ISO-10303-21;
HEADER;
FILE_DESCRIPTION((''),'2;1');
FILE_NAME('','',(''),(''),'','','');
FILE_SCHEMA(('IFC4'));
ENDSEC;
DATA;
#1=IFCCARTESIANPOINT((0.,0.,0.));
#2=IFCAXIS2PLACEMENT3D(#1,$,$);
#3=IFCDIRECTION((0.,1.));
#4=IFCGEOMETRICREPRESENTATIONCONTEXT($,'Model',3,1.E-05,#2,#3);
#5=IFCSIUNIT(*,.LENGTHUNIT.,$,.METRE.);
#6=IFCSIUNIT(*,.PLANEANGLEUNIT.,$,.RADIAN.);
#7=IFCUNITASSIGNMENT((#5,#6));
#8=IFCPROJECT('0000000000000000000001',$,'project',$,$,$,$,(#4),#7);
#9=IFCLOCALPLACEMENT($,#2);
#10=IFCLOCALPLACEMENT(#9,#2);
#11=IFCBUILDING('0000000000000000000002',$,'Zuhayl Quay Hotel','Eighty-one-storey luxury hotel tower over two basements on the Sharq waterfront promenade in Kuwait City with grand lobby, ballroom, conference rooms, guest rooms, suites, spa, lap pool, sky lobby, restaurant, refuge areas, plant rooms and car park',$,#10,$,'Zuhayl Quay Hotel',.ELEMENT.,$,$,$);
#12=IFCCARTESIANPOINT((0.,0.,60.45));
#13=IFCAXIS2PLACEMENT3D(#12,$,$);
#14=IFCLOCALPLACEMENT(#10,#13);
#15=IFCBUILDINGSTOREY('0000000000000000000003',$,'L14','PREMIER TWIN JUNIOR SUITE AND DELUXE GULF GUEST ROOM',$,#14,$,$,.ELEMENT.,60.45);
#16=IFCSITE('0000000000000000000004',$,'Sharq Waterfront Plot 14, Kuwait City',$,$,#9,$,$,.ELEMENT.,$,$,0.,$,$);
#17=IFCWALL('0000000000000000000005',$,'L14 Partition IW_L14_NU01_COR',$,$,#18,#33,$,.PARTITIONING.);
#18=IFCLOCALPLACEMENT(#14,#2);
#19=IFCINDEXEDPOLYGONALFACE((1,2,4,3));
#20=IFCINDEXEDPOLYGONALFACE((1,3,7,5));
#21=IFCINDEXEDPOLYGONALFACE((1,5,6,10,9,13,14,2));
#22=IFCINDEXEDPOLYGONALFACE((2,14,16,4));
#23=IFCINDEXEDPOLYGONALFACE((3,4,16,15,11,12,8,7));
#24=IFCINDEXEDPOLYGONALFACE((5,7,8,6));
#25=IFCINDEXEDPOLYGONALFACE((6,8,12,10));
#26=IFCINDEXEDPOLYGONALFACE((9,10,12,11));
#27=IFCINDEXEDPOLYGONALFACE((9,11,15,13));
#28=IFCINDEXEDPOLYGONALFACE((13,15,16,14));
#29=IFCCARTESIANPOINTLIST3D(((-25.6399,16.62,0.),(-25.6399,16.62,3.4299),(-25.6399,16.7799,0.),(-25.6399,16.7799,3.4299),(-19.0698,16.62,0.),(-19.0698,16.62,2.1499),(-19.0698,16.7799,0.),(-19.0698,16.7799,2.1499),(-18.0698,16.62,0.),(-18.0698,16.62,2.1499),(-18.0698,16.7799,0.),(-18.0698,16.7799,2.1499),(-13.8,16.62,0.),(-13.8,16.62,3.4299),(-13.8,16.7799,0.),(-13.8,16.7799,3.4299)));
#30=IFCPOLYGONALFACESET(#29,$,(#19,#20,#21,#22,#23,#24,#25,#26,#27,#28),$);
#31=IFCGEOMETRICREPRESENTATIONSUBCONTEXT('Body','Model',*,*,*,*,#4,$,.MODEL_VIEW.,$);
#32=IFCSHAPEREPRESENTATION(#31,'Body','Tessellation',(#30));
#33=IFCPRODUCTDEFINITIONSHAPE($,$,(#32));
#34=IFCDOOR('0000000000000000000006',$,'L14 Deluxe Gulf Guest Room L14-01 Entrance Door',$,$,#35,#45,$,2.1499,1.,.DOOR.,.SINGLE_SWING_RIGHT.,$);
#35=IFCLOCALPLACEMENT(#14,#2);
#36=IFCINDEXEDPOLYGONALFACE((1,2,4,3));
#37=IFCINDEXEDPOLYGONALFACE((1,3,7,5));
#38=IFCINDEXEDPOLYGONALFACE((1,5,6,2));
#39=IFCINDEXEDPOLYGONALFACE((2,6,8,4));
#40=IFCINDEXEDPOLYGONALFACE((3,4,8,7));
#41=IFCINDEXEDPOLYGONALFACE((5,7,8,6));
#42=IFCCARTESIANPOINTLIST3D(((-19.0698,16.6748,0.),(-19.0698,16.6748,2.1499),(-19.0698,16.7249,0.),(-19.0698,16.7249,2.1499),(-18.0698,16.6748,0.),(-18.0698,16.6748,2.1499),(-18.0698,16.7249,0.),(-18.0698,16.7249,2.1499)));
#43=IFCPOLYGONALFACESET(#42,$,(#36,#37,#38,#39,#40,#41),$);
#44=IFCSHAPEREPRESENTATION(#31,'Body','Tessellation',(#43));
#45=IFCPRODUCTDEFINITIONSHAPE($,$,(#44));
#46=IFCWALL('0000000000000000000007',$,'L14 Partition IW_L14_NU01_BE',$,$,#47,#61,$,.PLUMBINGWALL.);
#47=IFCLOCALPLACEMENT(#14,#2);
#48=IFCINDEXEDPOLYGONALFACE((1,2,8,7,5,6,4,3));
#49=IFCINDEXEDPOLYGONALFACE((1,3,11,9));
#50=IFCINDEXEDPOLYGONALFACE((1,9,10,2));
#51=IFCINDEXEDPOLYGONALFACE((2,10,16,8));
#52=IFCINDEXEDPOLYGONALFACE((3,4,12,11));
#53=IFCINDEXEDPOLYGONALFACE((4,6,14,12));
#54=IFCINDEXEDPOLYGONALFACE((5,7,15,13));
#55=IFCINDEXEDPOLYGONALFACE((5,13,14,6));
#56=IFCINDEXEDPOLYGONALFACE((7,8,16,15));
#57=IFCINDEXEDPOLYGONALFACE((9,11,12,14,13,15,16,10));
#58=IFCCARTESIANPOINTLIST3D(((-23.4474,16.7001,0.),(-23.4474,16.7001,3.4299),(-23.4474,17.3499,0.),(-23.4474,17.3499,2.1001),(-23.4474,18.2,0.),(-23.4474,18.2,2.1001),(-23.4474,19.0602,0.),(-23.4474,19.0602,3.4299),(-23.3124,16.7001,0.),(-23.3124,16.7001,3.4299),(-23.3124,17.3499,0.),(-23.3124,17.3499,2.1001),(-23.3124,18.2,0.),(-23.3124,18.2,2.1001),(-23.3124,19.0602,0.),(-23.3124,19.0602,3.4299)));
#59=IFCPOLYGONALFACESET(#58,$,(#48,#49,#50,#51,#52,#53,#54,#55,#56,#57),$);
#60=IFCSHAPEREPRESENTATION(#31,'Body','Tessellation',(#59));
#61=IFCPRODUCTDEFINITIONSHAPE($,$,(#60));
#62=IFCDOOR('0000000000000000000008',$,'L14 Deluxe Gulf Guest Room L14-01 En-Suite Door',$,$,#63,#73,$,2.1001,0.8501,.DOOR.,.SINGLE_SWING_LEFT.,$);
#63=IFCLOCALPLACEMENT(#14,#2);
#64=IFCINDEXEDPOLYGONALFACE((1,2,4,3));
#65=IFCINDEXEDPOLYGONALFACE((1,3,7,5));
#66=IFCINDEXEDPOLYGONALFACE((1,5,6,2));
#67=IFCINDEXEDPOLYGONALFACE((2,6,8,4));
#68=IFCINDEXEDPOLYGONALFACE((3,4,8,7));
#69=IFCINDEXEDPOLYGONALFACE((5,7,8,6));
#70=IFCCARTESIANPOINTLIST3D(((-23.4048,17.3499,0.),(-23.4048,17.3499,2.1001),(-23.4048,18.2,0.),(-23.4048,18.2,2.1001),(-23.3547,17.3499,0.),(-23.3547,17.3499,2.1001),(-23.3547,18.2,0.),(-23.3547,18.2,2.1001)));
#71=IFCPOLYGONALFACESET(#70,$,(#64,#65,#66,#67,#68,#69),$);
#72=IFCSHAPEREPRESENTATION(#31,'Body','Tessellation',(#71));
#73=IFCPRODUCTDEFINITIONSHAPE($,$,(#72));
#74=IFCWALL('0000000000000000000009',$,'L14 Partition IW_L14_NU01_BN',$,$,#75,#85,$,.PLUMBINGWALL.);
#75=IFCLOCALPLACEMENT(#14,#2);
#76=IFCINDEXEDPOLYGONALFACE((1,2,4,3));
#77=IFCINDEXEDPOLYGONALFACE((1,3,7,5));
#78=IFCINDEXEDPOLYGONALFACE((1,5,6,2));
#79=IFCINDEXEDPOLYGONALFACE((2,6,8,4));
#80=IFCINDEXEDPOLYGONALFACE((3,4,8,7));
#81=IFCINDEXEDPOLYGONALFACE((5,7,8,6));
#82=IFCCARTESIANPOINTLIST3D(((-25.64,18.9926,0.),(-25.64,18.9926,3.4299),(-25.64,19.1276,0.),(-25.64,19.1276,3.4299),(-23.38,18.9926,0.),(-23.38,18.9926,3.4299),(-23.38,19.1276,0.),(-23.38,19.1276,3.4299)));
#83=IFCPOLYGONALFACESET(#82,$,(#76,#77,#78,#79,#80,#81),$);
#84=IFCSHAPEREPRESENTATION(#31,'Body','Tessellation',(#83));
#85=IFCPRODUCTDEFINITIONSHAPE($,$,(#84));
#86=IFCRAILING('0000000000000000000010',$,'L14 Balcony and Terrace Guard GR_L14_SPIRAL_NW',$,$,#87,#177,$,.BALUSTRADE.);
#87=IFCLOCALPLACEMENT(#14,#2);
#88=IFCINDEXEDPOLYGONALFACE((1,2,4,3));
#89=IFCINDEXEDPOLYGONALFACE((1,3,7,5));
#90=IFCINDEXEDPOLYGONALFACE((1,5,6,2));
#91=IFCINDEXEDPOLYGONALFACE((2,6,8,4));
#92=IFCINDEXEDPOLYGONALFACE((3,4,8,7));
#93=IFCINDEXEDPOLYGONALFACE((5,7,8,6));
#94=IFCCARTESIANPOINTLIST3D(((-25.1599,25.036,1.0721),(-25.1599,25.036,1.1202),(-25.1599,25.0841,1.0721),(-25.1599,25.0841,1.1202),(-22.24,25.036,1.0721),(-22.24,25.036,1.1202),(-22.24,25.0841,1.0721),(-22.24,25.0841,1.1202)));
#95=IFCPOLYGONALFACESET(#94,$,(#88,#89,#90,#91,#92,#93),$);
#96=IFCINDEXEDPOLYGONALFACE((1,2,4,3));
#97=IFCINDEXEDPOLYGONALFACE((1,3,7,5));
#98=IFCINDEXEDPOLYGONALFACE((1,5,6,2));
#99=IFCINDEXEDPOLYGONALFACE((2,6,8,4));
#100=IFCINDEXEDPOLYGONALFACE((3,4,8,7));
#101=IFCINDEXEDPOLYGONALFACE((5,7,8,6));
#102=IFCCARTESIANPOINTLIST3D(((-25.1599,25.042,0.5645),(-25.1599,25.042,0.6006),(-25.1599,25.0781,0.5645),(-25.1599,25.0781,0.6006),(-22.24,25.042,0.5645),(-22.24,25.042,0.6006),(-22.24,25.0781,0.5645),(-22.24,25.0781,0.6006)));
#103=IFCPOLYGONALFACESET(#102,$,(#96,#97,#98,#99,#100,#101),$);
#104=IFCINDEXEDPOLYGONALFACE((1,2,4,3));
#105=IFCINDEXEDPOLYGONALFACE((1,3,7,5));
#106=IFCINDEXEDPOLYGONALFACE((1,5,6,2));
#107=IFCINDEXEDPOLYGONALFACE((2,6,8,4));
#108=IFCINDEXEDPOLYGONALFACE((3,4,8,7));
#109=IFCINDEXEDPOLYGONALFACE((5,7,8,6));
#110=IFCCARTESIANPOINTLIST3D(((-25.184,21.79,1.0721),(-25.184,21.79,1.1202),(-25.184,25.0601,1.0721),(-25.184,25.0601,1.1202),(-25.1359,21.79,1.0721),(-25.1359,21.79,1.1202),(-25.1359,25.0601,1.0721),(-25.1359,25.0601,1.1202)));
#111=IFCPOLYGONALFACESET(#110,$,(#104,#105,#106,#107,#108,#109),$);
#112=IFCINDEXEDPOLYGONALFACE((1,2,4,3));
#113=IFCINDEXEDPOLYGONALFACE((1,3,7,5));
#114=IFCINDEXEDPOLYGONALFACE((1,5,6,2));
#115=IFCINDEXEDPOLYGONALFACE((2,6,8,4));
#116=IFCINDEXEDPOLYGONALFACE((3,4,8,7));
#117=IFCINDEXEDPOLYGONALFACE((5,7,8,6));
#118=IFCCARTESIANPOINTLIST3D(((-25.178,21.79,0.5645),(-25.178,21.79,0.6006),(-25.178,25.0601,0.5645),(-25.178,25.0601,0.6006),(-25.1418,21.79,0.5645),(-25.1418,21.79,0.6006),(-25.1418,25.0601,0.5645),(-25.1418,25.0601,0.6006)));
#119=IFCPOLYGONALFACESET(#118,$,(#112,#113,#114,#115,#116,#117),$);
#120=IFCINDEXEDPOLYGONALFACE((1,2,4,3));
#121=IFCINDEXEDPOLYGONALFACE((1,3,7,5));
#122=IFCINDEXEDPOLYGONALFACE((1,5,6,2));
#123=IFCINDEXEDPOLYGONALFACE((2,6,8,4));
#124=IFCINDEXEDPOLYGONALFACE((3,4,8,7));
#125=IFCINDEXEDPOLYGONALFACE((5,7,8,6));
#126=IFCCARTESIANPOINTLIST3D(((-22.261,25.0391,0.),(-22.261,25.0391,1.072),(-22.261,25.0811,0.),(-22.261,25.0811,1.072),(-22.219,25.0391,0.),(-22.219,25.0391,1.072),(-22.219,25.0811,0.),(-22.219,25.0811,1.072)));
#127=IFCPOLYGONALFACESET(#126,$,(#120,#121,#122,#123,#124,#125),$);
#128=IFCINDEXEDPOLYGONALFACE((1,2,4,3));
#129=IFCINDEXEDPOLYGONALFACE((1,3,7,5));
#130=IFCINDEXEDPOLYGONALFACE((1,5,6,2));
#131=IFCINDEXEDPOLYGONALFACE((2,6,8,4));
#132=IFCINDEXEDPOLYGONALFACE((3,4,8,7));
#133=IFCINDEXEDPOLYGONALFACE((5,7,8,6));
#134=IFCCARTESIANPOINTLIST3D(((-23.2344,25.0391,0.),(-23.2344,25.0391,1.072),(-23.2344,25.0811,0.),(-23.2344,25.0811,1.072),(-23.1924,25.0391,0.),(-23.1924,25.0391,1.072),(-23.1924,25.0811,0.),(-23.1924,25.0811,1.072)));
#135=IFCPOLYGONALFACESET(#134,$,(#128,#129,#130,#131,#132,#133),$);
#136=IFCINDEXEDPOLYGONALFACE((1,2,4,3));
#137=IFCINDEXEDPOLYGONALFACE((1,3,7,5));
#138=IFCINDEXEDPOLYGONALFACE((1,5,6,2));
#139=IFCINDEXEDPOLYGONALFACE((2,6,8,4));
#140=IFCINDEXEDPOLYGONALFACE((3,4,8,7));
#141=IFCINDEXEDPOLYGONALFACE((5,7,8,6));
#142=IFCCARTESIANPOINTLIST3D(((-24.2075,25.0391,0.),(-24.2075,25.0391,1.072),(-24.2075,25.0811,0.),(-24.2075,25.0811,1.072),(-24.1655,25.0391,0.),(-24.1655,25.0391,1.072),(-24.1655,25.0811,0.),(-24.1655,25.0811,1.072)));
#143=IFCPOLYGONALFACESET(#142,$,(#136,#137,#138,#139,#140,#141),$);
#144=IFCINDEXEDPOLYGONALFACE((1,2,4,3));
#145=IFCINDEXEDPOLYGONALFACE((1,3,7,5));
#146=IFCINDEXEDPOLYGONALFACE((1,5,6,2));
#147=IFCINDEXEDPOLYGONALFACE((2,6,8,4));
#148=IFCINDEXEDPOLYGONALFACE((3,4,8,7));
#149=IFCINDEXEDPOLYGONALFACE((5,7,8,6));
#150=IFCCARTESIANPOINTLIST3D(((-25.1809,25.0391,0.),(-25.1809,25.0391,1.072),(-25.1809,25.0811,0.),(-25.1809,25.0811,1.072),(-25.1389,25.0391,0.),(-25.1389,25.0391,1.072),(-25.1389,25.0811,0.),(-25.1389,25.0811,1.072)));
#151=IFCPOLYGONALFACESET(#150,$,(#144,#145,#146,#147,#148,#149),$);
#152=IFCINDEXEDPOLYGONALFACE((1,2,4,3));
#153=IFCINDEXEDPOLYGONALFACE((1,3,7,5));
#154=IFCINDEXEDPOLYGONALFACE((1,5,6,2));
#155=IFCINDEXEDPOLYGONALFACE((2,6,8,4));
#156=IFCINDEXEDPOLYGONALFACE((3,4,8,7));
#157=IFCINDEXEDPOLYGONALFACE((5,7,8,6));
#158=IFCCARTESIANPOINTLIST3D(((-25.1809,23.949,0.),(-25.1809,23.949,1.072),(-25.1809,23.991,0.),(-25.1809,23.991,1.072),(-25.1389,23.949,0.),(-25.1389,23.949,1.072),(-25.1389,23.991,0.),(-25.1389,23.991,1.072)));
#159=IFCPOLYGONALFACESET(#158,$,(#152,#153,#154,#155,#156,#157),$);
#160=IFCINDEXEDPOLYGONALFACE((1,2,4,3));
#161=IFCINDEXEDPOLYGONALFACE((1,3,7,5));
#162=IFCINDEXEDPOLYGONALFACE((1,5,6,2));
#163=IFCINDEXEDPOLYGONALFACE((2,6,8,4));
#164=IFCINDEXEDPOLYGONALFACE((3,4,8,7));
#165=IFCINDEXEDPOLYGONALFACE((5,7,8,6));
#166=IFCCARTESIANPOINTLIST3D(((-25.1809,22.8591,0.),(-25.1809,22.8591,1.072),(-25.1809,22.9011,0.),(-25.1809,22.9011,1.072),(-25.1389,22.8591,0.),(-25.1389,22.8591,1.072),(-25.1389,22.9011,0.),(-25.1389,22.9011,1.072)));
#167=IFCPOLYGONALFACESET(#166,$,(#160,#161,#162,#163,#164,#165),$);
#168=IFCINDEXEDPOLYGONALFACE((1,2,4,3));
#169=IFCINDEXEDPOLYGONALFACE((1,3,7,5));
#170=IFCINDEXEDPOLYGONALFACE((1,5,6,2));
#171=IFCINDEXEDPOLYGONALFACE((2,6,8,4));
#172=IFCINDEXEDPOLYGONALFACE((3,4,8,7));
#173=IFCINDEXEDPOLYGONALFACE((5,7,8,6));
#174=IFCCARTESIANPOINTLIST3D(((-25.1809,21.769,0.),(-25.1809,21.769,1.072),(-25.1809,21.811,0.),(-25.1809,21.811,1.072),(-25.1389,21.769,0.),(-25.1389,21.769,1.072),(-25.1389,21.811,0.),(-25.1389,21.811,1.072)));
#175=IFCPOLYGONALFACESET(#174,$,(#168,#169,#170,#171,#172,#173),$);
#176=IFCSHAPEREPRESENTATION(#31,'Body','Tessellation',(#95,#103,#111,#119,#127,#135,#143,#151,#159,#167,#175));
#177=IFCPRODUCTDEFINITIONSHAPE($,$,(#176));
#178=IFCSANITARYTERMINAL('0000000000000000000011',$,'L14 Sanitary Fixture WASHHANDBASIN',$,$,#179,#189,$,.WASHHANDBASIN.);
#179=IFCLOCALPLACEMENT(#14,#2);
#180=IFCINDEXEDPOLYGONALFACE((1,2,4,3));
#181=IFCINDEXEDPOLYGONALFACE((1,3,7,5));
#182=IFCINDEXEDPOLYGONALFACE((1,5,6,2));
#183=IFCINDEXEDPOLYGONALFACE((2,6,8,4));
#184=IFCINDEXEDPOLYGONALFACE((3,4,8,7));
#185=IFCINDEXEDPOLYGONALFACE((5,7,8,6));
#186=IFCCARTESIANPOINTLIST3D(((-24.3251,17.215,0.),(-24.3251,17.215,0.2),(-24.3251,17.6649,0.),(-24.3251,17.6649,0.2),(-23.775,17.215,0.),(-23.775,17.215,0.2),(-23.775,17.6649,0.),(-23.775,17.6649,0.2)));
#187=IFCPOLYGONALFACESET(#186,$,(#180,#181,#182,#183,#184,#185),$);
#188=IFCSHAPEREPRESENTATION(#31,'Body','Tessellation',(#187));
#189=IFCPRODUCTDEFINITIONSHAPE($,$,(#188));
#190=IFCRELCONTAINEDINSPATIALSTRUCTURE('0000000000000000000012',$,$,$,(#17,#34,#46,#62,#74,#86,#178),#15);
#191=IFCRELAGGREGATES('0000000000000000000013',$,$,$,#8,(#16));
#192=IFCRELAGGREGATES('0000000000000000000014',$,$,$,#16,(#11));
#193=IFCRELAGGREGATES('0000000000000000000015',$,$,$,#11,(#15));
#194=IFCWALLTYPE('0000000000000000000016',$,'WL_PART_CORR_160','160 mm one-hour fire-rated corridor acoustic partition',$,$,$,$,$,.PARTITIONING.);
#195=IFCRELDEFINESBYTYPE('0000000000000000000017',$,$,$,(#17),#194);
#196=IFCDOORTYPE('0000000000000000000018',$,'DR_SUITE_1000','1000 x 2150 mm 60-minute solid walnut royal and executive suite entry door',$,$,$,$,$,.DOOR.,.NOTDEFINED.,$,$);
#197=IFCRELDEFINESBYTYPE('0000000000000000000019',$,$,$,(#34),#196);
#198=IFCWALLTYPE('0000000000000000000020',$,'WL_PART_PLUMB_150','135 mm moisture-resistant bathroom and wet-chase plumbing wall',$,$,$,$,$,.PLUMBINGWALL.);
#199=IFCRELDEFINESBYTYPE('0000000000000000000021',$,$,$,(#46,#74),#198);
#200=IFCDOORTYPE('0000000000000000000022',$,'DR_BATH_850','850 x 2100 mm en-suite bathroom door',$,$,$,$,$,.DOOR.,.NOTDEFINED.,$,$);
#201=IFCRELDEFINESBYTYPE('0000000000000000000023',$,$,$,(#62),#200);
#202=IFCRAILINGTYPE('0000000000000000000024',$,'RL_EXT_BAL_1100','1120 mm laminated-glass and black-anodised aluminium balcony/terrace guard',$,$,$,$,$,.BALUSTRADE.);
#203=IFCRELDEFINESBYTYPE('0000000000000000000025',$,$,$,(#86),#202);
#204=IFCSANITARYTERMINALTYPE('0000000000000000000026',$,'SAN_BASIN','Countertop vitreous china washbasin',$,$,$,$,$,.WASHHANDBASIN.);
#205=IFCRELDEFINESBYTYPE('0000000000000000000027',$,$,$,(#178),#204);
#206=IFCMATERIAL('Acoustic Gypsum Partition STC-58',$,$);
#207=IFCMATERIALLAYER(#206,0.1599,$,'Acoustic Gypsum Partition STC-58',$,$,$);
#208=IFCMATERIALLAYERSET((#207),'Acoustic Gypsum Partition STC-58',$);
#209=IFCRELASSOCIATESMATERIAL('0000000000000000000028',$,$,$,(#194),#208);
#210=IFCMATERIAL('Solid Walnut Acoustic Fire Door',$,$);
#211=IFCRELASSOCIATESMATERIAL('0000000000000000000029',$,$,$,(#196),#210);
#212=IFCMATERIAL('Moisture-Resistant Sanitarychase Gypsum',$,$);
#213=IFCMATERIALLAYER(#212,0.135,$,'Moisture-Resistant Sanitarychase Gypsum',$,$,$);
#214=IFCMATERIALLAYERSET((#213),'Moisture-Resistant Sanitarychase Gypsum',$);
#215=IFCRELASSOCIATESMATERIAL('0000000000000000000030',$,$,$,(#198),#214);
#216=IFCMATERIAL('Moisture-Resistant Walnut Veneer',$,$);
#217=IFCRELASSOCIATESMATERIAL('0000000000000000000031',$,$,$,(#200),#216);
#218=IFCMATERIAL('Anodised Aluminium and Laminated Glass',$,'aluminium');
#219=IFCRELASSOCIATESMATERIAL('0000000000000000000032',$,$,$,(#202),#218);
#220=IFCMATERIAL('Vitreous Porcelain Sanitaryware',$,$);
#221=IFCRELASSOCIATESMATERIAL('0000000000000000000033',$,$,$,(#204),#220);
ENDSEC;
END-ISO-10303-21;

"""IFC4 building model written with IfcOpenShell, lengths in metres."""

from ifc_helpers import new_model, si_unit, direction, frame, frame_2d, origin, origin_2d, place, context, subcontext, project, spatial, rectangle, extrude, material, layer, layer_set, type_object, element, fill, save


model = new_model("IFC4")

# Units and contexts
model_context = context("Model", 3, precision=1e-05, world=origin(), true_north=direction((0.0, 1.0)))
body_context = subcontext(model_context, "Body", "Model", "MODEL_VIEW")
ifc_project = project(units=[si_unit("LENGTHUNIT", "METRE"), si_unit("PLANEANGLEUNIT", "RADIAN")], contexts=[model_context])

# Site, building, storey
site_placement = place(None, origin())
site = spatial("IfcSite", under=ifc_project, at=site_placement, Name="Sharq Waterfront Plot 14, Kuwait City", CompositionType="ELEMENT", RefElevation=0.0)
building_placement = place(site_placement, origin())
building = spatial("IfcBuilding", under=site, at=building_placement, Name="Zuhayl Quay Hotel", Description="Eighty-one-storey luxury hotel tower over two basements on the Sharq waterfront promenade in Kuwait City with grand lobby, ballroom, conference rooms, guest rooms, suites, spa, lap pool, sky lobby, restaurant, refuge areas, plant rooms and car park", LongName="Zuhayl Quay Hotel", CompositionType="ELEMENT")
storey_placement = place(building_placement, frame((0.0, 0.0, 60.45)))
storey = spatial("IfcBuildingStorey", under=building, at=storey_placement, Name="L14", Description="PREMIER TWIN JUNIOR SUITE AND DELUXE GULF GUEST ROOM", CompositionType="ELEMENT", Elevation=60.45)

# Shared definitions
ifc_material_1 = material(Name="Acoustic Gypsum Partition STC-58")

# Walls, openings, doors
ifc_layer_1 = layer(ifc_material_1, 0.1599, Name="Acoustic Gypsum Partition STC-58")
ifc_layer_set_1 = layer_set([ifc_layer_1], Name="Acoustic Gypsum Partition STC-58")
wall_type_1 = type_object("IfcWallType", Name="WL_PART_CORR_160", Description="160 mm one-hour fire-rated corridor acoustic partition", PredefinedType="PARTITIONING", material=ifc_layer_set_1)
wall_1_placement = place(storey_placement, frame((-25.6399, 16.7, 0.0), z_axis=(0.0, 0.0, 1.0), x_axis=(1.0, 0.0, 0.0)))
wall_1 = element("IfcWall", 1, at=wall_1_placement, inside=storey, type_object=wall_type_1, Name="L14 Partition IW_L14_NU01_COR", PredefinedType="PARTITIONING", context=body_context, shape_type="SweptSolid", body=[
    extrude(rectangle(XDim=11.8398, YDim=0.1599, at=frame_2d((5.9199, 0.0))), origin(), (0.0, 0.0, 1.0), 3.4299),
])
opening_1_placement = place(wall_1_placement, frame((6.5701, 0.0, 0.0)))
opening_1 = element("IfcOpeningElement", 2, at=opening_1_placement, cuts=wall_1, PredefinedType="OPENING", context=body_context, shape_type="SweptSolid", body=[
    extrude(rectangle(XDim=1.0, YDim=2.1499, at=frame_2d((0.5, 1.075))), frame((0.0, 0.0898, 0.0), z_axis=(0.0, -1.0, 0.0), x_axis=(1.0, 0.0, 0.0)), (0.0, 0.0, 1.0), 0.1799),
])
ifc_material_2 = material(Name="Solid Walnut Acoustic Fire Door")
door_type_1 = type_object("IfcDoorType", Name="DR_SUITE_1000", Description="1000 x 2150 mm 60-minute solid walnut royal and executive suite entry door", OperationType="NOTDEFINED", PredefinedType="DOOR", material=ifc_material_2)
door_1_placement = place(opening_1_placement, origin())
door_1 = element("IfcDoor", 3, at=door_1_placement, inside=storey, type_object=door_type_1, Name="L14 Deluxe Gulf Guest Room L14-01 Entrance Door", OperationType="SINGLE_SWING_RIGHT", OverallHeight=2.1499, OverallWidth=1.0, PredefinedType="DOOR", context=body_context, shape_type="SweptSolid", body=[
    extrude(rectangle(XDim=1.0, YDim=2.1499, at=frame_2d((0.5, 1.075))), frame((0.0, 0.0249, 0.0), z_axis=(0.0, -1.0, 0.0), x_axis=(1.0, 0.0, 0.0)), (0.0, 0.0, 1.0), 0.05),
])
fill(opening_1, door_1)
ifc_material_3 = material(Name="Moisture-Resistant Sanitarychase Gypsum")
ifc_layer_2 = layer(ifc_material_3, 0.135, Name="Moisture-Resistant Sanitarychase Gypsum")
ifc_layer_set_2 = layer_set([ifc_layer_2], Name="Moisture-Resistant Sanitarychase Gypsum")
wall_type_2 = type_object("IfcWallType", Name="WL_PART_PLUMB_150", Description="135 mm moisture-resistant bathroom and wet-chase plumbing wall", PredefinedType="PLUMBINGWALL", material=ifc_layer_set_2)
wall_2_placement = place(storey_placement, frame((-23.3799, 16.7, 0.0), z_axis=(0.0, 0.0, 1.0), x_axis=(0.0, 1.0, 0.0)))
wall_2 = element("IfcWall", 4, at=wall_2_placement, inside=storey, type_object=wall_type_2, Name="L14 Partition IW_L14_NU01_BE", PredefinedType="PLUMBINGWALL", context=body_context, shape_type="SweptSolid", body=[
    extrude(rectangle(XDim=2.3601, YDim=0.135, at=frame_2d((1.1802, 0.0))), origin(), (0.0, 0.0, 1.0), 3.4299),
])
opening_2_placement = place(wall_2_placement, frame((0.6499, 0.0, 0.0)))
opening_2 = element("IfcOpeningElement", 5, at=opening_2_placement, cuts=wall_2, PredefinedType="OPENING", context=body_context, shape_type="SweptSolid", body=[
    extrude(rectangle(XDim=0.8501, YDim=2.1001, at=frame_2d((0.425, 1.05))), frame((0.0, 0.0774, 0.0), z_axis=(0.0, -1.0, 0.0), x_axis=(1.0, 0.0, 0.0)), (0.0, 0.0, 1.0), 0.155),
])
ifc_material_4 = material(Name="Moisture-Resistant Walnut Veneer")
door_type_2 = type_object("IfcDoorType", Name="DR_BATH_850", Description="850 x 2100 mm en-suite bathroom door", OperationType="NOTDEFINED", PredefinedType="DOOR", material=ifc_material_4)
door_2_placement = place(opening_2_placement, origin())
door_2 = element("IfcDoor", 6, at=door_2_placement, inside=storey, type_object=door_type_2, Name="L14 Deluxe Gulf Guest Room L14-01 En-Suite Door", OperationType="SINGLE_SWING_LEFT", OverallHeight=2.1001, OverallWidth=0.8501, PredefinedType="DOOR", context=body_context, shape_type="SweptSolid", body=[
    extrude(rectangle(XDim=0.8501, YDim=2.1001, at=frame_2d((0.425, 1.05))), frame((0.0, 0.0249, 0.0), z_axis=(0.0, -1.0, 0.0), x_axis=(1.0, 0.0, 0.0)), (0.0, 0.0, 1.0), 0.05),
])
fill(opening_2, door_2)

# Wall
wall_3_placement = place(storey_placement, frame((-25.6399, 19.0601, 0.0), z_axis=(0.0, 0.0, 1.0), x_axis=(1.0, 0.0, 0.0)))
element("IfcWall", 7, at=wall_3_placement, inside=storey, type_object=wall_type_2, Name="L14 Partition IW_L14_NU01_BN", PredefinedType="PLUMBINGWALL", context=body_context, shape_type="SweptSolid", body=[
    extrude(rectangle(XDim=2.26, YDim=0.135, at=frame_2d((1.1299, 0.0))), origin(), (0.0, 0.0, 1.0), 3.4299),
])

# Railing
ifc_material_5 = material(Name="Anodised Aluminium and Laminated Glass", Category="aluminium")
railing_type = type_object("IfcRailingType", Name="RL_EXT_BAL_1100", Description="1120 mm laminated-glass and black-anodised aluminium balcony/terrace guard", PredefinedType="BALUSTRADE", material=ifc_material_5)
railing_1_placement = place(storey_placement, frame((-22.24, 25.0601, 0.0)))
element("IfcRailing", 8, at=railing_1_placement, inside=storey, type_object=railing_type, Name="L14 Balcony and Terrace Guard GR_L14_SPIRAL_NW", PredefinedType="BALUSTRADE", context=body_context, shape_type="SweptSolid", body=[
    extrude(rectangle(XDim=0.0481, YDim=0.0481, at=origin_2d()), frame((0.0, 0.0, 1.0962), z_axis=(-1.0, 0.0, 0.0), x_axis=(0.0, -1.0, 0.0)), (0.0, 0.0, 1.0), 2.9199),
    extrude(rectangle(XDim=0.0361, YDim=0.0361, at=origin_2d()), frame((0.0, 0.0, 0.5825), z_axis=(-1.0, 0.0, 0.0), x_axis=(0.0, -1.0, 0.0)), (0.0, 0.0, 1.0), 2.9199),
    extrude(rectangle(XDim=0.0481, YDim=0.0481, at=origin_2d()), frame((-2.9199, 0.0, 1.0962), z_axis=(0.0, -1.0, 0.0), x_axis=(1.0, 0.0, 0.0)), (0.0, 0.0, 1.0), 3.27),
    extrude(rectangle(XDim=0.0361, YDim=0.0361, at=origin_2d()), frame((-2.9199, 0.0, 0.5825), z_axis=(0.0, -1.0, 0.0), x_axis=(1.0, 0.0, 0.0)), (0.0, 0.0, 1.0), 3.27),
    extrude(rectangle(XDim=0.042, YDim=0.042, at=origin_2d()), origin(), (0.0, 0.0, 1.0), 1.072),
    extrude(rectangle(XDim=0.042, YDim=0.042, at=origin_2d()), frame((-0.9734, 0.0, 0.0)), (0.0, 0.0, 1.0), 1.072),
    extrude(rectangle(XDim=0.042, YDim=0.042, at=origin_2d()), frame((-1.9465, 0.0, 0.0)), (0.0, 0.0, 1.0), 1.072),
    extrude(rectangle(XDim=0.042, YDim=0.042, at=origin_2d()), frame((-2.9199, 0.0, 0.0)), (0.0, 0.0, 1.0), 1.072),
    extrude(rectangle(XDim=0.042, YDim=0.042, at=origin_2d()), frame((-2.9199, -1.0901, 0.0)), (0.0, 0.0, 1.0), 1.072),
    extrude(rectangle(XDim=0.042, YDim=0.042, at=origin_2d()), frame((-2.9199, -2.1799, 0.0)), (0.0, 0.0, 1.0), 1.072),
    extrude(rectangle(XDim=0.042, YDim=0.042, at=origin_2d()), frame((-2.9199, -3.27, 0.0)), (0.0, 0.0, 1.0), 1.072),
])

# Sanitary terminal
ifc_material_6 = material(Name="Vitreous Porcelain Sanitaryware")
sanitary_terminal_type_1 = type_object("IfcSanitaryTerminalType", Name="SAN_BASIN", Description="Countertop vitreous china washbasin", PredefinedType="WASHHANDBASIN", material=ifc_material_6)
sanitary_terminal_1_placement = place(storey_placement, frame((-24.05, 17.4399, 0.0), z_axis=(0.0, 0.0, 1.0), x_axis=(1.0, 0.0, 0.0)))
element("IfcSanitaryTerminal", 9, at=sanitary_terminal_1_placement, inside=storey, type_object=sanitary_terminal_type_1, Name="L14 Sanitary Fixture WASHHANDBASIN", PredefinedType="WASHHANDBASIN", context=body_context, shape_type="SweptSolid", body=[
    extrude(rectangle(XDim=0.55, YDim=0.45, at=origin_2d()), origin(), (0.0, 0.0, 1.0), 0.2),
])

save(model, "model.ifc")
